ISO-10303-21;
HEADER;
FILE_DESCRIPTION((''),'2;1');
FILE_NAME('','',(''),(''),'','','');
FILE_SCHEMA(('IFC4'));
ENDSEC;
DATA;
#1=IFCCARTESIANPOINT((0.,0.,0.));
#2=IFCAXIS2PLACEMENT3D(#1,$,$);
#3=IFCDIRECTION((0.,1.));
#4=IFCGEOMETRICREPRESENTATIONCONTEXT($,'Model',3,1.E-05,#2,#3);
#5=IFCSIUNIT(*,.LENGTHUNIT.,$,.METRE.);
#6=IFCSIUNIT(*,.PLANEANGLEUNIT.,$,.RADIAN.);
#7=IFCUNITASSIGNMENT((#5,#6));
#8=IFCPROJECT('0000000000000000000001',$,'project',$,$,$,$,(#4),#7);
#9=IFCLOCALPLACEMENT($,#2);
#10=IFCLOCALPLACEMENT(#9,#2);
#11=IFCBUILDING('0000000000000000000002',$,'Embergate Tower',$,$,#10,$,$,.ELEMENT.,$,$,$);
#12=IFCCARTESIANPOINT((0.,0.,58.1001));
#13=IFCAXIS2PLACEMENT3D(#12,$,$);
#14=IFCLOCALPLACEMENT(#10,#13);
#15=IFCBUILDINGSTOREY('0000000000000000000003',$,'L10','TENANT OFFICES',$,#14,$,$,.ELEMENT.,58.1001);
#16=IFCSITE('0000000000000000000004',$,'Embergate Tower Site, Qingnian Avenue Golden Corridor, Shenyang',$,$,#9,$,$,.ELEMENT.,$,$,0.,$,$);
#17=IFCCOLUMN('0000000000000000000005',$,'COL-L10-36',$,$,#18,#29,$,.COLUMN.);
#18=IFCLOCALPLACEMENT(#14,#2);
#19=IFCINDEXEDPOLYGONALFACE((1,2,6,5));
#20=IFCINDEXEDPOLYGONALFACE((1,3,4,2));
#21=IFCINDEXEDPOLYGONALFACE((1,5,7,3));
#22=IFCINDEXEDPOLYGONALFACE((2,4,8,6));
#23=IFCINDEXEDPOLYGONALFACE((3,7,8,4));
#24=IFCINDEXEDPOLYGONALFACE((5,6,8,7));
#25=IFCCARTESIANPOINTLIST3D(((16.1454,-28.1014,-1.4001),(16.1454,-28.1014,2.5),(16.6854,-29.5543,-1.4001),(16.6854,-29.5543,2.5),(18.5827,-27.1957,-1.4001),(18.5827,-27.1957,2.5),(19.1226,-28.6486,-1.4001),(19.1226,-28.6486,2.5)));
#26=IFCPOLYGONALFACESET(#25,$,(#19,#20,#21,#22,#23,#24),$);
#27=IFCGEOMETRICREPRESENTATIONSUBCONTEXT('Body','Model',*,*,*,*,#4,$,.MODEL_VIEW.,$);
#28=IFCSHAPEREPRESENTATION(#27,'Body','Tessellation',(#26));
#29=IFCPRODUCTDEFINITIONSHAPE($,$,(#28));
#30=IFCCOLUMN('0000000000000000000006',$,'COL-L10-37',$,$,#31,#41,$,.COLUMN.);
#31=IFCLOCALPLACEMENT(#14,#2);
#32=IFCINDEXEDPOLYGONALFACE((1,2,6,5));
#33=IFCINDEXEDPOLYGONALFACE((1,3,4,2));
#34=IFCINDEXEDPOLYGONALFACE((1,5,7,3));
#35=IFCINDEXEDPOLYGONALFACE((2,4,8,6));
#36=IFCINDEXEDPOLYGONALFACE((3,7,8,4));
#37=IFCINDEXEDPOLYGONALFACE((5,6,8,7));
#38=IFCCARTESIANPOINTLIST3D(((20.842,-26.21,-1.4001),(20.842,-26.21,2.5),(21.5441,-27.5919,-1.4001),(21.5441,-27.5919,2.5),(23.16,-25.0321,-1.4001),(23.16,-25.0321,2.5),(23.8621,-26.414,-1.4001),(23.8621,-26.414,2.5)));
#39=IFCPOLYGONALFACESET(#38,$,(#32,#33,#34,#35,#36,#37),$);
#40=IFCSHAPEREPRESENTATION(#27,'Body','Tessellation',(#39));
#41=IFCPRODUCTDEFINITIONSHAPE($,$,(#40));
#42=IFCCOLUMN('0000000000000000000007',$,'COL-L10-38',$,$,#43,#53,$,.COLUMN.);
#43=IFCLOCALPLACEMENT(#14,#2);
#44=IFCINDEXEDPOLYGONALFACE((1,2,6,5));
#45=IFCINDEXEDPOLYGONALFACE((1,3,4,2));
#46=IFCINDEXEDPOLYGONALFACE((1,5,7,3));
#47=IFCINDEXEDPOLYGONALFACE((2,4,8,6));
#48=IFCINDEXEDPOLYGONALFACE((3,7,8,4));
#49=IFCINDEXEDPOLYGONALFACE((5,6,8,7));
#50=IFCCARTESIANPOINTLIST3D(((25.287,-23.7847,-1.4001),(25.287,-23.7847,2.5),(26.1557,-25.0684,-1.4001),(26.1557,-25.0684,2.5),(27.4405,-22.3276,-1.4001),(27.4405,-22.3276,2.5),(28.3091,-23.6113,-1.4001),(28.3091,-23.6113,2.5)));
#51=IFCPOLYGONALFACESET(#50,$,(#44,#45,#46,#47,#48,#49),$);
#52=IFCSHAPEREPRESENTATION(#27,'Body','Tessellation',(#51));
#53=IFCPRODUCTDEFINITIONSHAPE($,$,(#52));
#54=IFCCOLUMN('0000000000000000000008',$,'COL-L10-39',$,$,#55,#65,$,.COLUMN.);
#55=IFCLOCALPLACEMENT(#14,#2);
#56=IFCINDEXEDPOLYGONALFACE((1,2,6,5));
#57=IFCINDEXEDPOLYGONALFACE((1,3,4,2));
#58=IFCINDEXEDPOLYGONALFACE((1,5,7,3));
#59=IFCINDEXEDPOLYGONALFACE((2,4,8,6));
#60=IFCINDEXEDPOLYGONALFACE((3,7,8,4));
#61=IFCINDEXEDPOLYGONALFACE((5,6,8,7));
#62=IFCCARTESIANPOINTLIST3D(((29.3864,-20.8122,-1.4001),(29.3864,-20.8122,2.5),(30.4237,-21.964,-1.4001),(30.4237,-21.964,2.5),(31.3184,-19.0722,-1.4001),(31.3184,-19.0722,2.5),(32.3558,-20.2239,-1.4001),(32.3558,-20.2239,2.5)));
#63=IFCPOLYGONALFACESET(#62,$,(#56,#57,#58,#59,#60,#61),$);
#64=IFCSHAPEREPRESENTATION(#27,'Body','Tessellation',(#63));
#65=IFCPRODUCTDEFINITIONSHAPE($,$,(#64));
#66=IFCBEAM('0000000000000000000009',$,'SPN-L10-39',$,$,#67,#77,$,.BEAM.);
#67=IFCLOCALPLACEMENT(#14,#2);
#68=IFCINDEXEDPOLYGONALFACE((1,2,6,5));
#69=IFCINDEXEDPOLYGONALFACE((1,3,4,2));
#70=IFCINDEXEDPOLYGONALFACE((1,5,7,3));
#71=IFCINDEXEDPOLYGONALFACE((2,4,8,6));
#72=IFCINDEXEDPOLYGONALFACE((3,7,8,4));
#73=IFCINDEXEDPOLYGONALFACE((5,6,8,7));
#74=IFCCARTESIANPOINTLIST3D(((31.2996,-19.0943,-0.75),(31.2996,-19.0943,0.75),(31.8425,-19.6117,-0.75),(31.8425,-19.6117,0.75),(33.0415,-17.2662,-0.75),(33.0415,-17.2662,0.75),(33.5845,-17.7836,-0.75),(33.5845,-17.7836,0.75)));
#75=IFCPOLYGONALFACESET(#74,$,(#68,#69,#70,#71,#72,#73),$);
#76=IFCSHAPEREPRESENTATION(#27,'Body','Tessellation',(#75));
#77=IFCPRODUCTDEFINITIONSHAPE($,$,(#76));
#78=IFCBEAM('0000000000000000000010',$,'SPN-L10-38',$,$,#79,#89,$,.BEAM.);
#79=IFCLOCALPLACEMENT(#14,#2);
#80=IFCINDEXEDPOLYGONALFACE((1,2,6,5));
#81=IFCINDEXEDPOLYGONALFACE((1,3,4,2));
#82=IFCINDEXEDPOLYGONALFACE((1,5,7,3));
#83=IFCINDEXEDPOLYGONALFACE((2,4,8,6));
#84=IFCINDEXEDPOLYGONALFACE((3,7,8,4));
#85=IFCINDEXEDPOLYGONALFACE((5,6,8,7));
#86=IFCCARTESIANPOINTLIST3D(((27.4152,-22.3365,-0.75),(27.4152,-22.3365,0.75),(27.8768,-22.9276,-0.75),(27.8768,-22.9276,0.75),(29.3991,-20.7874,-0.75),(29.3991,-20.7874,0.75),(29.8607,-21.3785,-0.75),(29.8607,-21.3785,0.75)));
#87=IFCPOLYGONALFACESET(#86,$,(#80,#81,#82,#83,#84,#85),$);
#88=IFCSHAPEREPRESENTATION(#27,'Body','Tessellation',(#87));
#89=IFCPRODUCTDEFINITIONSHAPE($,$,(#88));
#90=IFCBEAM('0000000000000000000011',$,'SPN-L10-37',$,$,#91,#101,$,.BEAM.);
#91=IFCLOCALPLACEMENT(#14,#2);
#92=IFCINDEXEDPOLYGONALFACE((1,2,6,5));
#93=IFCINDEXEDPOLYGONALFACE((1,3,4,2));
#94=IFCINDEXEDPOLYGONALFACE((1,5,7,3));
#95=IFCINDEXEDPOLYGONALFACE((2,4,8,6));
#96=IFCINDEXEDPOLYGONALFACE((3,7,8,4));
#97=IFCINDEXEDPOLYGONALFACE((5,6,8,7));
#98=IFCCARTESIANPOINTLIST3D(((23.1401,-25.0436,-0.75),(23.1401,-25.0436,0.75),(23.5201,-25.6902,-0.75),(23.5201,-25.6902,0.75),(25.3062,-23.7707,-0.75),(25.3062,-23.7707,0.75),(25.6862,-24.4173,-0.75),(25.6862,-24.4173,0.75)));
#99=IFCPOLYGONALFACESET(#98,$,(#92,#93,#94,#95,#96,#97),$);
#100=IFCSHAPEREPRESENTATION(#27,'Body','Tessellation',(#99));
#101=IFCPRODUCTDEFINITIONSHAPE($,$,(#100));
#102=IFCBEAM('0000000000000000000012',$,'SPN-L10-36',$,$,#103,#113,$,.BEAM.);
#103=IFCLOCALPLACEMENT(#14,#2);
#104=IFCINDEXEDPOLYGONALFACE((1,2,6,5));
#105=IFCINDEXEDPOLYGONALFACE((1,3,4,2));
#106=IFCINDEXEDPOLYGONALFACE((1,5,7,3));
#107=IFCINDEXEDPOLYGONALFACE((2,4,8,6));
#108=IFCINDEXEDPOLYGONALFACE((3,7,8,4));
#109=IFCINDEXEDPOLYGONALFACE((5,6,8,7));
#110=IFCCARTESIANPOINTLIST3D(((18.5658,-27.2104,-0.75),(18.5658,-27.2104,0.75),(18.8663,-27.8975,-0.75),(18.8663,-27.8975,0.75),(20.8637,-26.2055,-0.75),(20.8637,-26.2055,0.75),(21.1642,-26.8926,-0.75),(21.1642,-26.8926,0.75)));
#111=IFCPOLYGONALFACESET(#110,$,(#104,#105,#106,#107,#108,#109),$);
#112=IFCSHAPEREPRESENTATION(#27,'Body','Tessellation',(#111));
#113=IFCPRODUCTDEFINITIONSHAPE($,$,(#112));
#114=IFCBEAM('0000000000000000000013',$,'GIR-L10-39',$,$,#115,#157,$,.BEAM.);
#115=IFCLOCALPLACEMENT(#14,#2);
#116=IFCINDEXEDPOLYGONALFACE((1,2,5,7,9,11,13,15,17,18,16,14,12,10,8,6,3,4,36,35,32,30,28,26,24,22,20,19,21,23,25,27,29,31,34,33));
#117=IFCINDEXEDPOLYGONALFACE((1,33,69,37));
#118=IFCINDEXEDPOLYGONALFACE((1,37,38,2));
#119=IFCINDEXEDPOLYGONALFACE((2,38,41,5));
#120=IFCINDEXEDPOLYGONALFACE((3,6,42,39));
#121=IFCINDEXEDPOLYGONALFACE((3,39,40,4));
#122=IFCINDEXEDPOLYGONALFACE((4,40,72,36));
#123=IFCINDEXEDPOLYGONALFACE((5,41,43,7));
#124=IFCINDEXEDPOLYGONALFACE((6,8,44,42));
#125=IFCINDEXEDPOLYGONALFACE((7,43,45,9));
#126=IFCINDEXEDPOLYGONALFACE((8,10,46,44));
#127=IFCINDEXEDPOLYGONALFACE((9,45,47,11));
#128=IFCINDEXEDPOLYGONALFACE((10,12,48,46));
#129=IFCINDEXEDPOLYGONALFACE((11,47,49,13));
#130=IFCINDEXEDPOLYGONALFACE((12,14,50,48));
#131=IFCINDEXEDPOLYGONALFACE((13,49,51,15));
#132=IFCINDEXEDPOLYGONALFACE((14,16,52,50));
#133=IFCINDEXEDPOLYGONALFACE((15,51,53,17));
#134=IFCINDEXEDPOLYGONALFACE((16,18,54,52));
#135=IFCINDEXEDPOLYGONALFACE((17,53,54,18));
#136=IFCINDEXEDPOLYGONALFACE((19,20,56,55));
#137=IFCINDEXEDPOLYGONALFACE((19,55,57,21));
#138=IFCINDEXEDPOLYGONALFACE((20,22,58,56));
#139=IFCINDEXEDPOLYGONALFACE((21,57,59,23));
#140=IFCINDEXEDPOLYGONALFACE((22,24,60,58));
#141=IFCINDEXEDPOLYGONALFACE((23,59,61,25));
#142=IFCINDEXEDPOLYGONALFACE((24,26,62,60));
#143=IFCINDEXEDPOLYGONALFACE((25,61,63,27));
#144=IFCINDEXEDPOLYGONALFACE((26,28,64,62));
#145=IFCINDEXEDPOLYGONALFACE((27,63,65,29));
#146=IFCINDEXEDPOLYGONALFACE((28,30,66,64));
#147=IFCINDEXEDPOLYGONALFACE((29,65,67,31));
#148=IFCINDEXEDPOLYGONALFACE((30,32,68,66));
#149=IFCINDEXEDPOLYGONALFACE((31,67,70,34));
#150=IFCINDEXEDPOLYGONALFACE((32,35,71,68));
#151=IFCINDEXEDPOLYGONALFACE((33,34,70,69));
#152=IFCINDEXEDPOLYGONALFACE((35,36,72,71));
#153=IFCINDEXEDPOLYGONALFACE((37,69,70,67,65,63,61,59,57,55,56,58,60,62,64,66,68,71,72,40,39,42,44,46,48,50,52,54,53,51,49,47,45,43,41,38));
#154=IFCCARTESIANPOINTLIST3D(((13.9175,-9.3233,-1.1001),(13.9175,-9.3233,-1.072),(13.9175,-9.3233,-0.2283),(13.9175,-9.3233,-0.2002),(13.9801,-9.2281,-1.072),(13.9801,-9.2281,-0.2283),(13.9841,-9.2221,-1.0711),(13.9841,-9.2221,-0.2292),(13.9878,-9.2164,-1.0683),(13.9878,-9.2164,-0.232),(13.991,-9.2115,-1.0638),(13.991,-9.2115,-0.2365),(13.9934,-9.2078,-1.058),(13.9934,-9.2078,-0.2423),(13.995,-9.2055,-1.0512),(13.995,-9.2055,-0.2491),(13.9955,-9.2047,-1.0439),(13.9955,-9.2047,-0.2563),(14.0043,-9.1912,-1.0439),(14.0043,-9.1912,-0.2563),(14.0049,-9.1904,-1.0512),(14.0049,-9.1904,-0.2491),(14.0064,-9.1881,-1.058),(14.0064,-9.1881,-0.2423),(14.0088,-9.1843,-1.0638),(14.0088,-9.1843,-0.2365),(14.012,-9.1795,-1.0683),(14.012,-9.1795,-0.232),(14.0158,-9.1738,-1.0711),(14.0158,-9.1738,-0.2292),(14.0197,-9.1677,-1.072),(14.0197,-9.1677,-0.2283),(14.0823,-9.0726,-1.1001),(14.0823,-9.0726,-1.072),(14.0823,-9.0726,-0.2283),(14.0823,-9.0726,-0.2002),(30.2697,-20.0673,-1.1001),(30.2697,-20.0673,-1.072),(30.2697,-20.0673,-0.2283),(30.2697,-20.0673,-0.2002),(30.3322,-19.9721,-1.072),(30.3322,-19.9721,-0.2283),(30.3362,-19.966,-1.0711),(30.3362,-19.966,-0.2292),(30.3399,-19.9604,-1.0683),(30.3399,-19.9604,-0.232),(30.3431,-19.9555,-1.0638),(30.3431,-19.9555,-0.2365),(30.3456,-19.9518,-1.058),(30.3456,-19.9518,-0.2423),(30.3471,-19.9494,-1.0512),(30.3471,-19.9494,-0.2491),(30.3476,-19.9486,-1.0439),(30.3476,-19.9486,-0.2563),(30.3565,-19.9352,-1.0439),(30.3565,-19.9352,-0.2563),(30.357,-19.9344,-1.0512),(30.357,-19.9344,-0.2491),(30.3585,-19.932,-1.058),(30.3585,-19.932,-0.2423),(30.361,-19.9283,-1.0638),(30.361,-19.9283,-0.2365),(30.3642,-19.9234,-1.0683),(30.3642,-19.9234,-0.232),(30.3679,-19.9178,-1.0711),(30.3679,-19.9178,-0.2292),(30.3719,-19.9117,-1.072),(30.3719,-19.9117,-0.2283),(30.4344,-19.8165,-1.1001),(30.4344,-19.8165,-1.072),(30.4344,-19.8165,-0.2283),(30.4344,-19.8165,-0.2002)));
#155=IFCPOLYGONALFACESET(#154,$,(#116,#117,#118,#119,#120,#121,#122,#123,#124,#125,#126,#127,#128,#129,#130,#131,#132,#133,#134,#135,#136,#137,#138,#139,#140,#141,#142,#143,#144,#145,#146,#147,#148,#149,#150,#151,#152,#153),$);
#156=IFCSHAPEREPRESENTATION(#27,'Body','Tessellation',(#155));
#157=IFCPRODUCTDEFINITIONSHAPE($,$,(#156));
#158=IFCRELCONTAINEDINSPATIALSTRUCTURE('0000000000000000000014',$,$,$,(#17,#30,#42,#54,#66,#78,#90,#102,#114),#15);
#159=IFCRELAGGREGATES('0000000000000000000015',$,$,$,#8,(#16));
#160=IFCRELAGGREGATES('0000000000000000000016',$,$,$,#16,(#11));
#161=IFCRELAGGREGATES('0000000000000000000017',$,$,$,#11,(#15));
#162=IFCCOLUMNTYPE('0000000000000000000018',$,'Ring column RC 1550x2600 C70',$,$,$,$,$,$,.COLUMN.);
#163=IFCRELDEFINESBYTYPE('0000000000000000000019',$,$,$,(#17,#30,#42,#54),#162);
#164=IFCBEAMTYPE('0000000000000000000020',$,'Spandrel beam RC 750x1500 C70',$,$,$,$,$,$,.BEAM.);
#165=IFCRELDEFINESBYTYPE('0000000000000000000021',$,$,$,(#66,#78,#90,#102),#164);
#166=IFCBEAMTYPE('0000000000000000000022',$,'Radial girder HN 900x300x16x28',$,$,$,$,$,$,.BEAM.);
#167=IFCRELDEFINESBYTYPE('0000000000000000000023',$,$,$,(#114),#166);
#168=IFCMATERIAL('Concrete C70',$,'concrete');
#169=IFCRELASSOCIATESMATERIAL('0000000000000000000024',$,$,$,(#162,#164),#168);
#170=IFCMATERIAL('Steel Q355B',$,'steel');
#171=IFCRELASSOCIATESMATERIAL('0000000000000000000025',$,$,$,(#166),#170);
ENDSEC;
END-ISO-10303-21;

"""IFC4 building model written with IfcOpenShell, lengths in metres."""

from ifc_helpers import new_model, si_unit, direction, frame, origin, origin_2d, place, context, subcontext, project, spatial, rectangle, i_section, extrude, source, transform, mapped, material, material_profile, profile_set, type_object, element, save


model = new_model("IFC4")

# Units and contexts
model_context = context("Model", 3, precision=1e-05, world=origin(), true_north=direction((0.0, 1.0)))
body_context = subcontext(model_context, "Body", "Model", "MODEL_VIEW")
ifc_project = project(units=[si_unit("LENGTHUNIT", "METRE"), si_unit("PLANEANGLEUNIT", "RADIAN")], contexts=[model_context])

# Site, building, storey
site_placement = place(None, origin())
site = spatial("IfcSite", under=ifc_project, at=site_placement, Name="Embergate Tower Site, Qingnian Avenue Golden Corridor, Shenyang", CompositionType="ELEMENT", RefElevation=0.0)
building_placement = place(site_placement, origin())
building = spatial("IfcBuilding", under=site, at=building_placement, Name="Embergate Tower", CompositionType="ELEMENT")
storey_placement = place(building_placement, frame((0.0, 0.0, 58.1001)))
storey = spatial("IfcBuildingStorey", under=building, at=storey_placement, Name="L10", Description="TENANT OFFICES", CompositionType="ELEMENT", Elevation=58.1001)

# Columns
ifc_material_1 = material(Name="Concrete C70", Category="concrete")
ifc_material_profile_1 = material_profile(ifc_material_1, rectangle(XDim=1.55, YDim=2.6001, at=origin_2d()), Name="RC 1550x2600")
ifc_profile_set_1 = profile_set([ifc_material_profile_1], Name="Concrete C70")
column_type = type_object("IfcColumnType", Name="Ring column RC 1550x2600 C70", PredefinedType="COLUMN", material=ifc_profile_set_1)
shared_shape_1 = source(origin(), body_context, "Body", "SweptSolid", [
    extrude(rectangle(XDim=1.55, YDim=2.6001, at=origin_2d()), origin(), (0.0, 0.0, 1.0), 3.9001),
])
for number, where, z_axis, x_axis, name in (
    (1, (17.634, -28.375, -1.4001), (0.0, 0.0, 1.0), (0.348343, -0.937367, 0.0), "COL-L10-36"),
    (2, (22.3521, -26.312, -1.4001), (0.0, 0.0, 1.0), (0.453011, -0.891505, 0.0), "COL-L10-37"),
    (3, (26.7981, -23.698, -1.4001), (0.0, 0.0, 1.0), (0.560408, -0.828217, 0.0), "COL-L10-38"),
    (4, (30.8711, -20.5181, -1.4001), (0.0, 0.0, 1.0), (0.669221, -0.743063, 0.0), "COL-L10-39"),
):
    element("IfcColumn", number, at=place(storey_placement, frame(where, z_axis=z_axis, x_axis=x_axis)), inside=storey, type_object=column_type, Name=name, PredefinedType="COLUMN", context=body_context, shape_type="MappedRepresentation", body=[
        mapped(shared_shape_1, transform((0.0, 0.0, 0.0))),
    ])

# Beams
ifc_material_profile_2 = material_profile(ifc_material_1, rectangle(XDim=0.75, YDim=1.5, at=origin_2d()), Name="RC 750x1500")
ifc_profile_set_2 = profile_set([ifc_material_profile_2], Name="Concrete C70")
beam_type_1 = type_object("IfcBeamType", Name="Spandrel beam RC 750x1500 C70", PredefinedType="BEAM", material=ifc_profile_set_2)
shared_shape_2 = source(origin(), body_context, "Body", "SweptSolid", [
    extrude(rectangle(XDim=0.75, YDim=1.5, at=origin_2d()), origin(), (0.0, 0.0, 1.0), 2.5251),
])
beam_1_placement = place(storey_placement, frame((31.571, -19.353, 0.0), z_axis=(0.689836, 0.723965, 0.0), x_axis=(-0.723965, 0.689836, 0.0)))
element("IfcBeam", 5, at=beam_1_placement, inside=storey, type_object=beam_type_1, Name="SPN-L10-39", PredefinedType="BEAM", context=body_context, shape_type="MappedRepresentation", body=[
    mapped(shared_shape_2, transform((0.0, 0.0, 0.0))),
])
shared_shape_3 = source(origin(), body_context, "Body", "SweptSolid", [
    extrude(rectangle(XDim=0.75, YDim=1.5, at=origin_2d()), origin(), (0.0, 0.0, 1.0), 2.5171),
])
beam_2_placement = place(storey_placement, frame((27.646, -22.6321, 0.0), z_axis=(0.788186, 0.615437, 0.0), x_axis=(-0.615437, 0.788186, 0.0)))
element("IfcBeam", 6, at=beam_2_placement, inside=storey, type_object=beam_type_1, Name="SPN-L10-38", PredefinedType="BEAM", context=body_context, shape_type="MappedRepresentation", body=[
    mapped(shared_shape_3, transform((0.0, 0.0, 0.0))),
])
shared_shape_4 = source(origin(), body_context, "Body", "SweptSolid", [
    extrude(rectangle(XDim=0.75, YDim=1.5, at=origin_2d()), origin(), (0.0, 0.0, 1.0), 2.5125),
])
beam_3_placement = place(storey_placement, frame((23.3301, -25.3669, 0.0), z_axis=(0.862139, 0.506672, 0.0), x_axis=(-0.506672, 0.862139, 0.0)))
element("IfcBeam", 7, at=beam_3_placement, inside=storey, type_object=beam_type_1, Name="SPN-L10-37", PredefinedType="BEAM", context=body_context, shape_type="MappedRepresentation", body=[
    mapped(shared_shape_4, transform((0.0, 0.0, 0.0))),
])
shared_shape_5 = source(origin(), body_context, "Body", "SweptSolid", [
    extrude(rectangle(XDim=0.75, YDim=1.5, at=origin_2d()), origin(), (0.0, 0.0, 1.0), 2.5081),
])
beam_4_placement = place(storey_placement, frame((18.7161, -27.554, 0.0), z_axis=(0.91622, 0.400676, 0.0), x_axis=(-0.400676, 0.91622, 0.0)))
element("IfcBeam", 8, at=beam_4_placement, inside=storey, type_object=beam_type_1, Name="SPN-L10-36", PredefinedType="BEAM", context=body_context, shape_type="MappedRepresentation", body=[
    mapped(shared_shape_5, transform((0.0, 0.0, 0.0))),
])
ifc_material_2 = material(Name="Steel Q355B", Category="steel")
ifc_material_profile_3 = material_profile(ifc_material_2, i_section(OverallWidth=0.3, OverallDepth=0.8999, WebThickness=0.0161, FlangeThickness=0.0281, FilletRadius=0.0281, at=origin_2d()), Name="HN 900x300x16x28")
ifc_profile_set_3 = profile_set([ifc_material_profile_3], Name="Steel Q355 grade B")
beam_type_2 = type_object("IfcBeamType", Name="Radial girder HN 900x300x16x28", PredefinedType="BEAM", material=ifc_profile_set_3)
shared_shape_6 = source(origin(), body_context, "Body", "SweptSolid", [
    extrude(i_section(OverallWidth=0.3, OverallDepth=0.8999, WebThickness=0.0161, FlangeThickness=0.0281, FilletRadius=0.0281, at=origin_2d()), origin(), (0.0, 0.0, 1.0), 19.5659),
])
beam_5_placement = place(storey_placement, frame((30.3521, -19.9419, -0.6501), z_axis=(-0.835746, 0.549116, 0.0), x_axis=(-0.549116, -0.835746, 0.0)))
element("IfcBeam", 9, at=beam_5_placement, inside=storey, type_object=beam_type_2, Name="GIR-L10-39", PredefinedType="BEAM", context=body_context, shape_type="MappedRepresentation", body=[
    mapped(shared_shape_6, transform((0.0, 0.0, 0.0))),
])

save(model, "model.ifc")
